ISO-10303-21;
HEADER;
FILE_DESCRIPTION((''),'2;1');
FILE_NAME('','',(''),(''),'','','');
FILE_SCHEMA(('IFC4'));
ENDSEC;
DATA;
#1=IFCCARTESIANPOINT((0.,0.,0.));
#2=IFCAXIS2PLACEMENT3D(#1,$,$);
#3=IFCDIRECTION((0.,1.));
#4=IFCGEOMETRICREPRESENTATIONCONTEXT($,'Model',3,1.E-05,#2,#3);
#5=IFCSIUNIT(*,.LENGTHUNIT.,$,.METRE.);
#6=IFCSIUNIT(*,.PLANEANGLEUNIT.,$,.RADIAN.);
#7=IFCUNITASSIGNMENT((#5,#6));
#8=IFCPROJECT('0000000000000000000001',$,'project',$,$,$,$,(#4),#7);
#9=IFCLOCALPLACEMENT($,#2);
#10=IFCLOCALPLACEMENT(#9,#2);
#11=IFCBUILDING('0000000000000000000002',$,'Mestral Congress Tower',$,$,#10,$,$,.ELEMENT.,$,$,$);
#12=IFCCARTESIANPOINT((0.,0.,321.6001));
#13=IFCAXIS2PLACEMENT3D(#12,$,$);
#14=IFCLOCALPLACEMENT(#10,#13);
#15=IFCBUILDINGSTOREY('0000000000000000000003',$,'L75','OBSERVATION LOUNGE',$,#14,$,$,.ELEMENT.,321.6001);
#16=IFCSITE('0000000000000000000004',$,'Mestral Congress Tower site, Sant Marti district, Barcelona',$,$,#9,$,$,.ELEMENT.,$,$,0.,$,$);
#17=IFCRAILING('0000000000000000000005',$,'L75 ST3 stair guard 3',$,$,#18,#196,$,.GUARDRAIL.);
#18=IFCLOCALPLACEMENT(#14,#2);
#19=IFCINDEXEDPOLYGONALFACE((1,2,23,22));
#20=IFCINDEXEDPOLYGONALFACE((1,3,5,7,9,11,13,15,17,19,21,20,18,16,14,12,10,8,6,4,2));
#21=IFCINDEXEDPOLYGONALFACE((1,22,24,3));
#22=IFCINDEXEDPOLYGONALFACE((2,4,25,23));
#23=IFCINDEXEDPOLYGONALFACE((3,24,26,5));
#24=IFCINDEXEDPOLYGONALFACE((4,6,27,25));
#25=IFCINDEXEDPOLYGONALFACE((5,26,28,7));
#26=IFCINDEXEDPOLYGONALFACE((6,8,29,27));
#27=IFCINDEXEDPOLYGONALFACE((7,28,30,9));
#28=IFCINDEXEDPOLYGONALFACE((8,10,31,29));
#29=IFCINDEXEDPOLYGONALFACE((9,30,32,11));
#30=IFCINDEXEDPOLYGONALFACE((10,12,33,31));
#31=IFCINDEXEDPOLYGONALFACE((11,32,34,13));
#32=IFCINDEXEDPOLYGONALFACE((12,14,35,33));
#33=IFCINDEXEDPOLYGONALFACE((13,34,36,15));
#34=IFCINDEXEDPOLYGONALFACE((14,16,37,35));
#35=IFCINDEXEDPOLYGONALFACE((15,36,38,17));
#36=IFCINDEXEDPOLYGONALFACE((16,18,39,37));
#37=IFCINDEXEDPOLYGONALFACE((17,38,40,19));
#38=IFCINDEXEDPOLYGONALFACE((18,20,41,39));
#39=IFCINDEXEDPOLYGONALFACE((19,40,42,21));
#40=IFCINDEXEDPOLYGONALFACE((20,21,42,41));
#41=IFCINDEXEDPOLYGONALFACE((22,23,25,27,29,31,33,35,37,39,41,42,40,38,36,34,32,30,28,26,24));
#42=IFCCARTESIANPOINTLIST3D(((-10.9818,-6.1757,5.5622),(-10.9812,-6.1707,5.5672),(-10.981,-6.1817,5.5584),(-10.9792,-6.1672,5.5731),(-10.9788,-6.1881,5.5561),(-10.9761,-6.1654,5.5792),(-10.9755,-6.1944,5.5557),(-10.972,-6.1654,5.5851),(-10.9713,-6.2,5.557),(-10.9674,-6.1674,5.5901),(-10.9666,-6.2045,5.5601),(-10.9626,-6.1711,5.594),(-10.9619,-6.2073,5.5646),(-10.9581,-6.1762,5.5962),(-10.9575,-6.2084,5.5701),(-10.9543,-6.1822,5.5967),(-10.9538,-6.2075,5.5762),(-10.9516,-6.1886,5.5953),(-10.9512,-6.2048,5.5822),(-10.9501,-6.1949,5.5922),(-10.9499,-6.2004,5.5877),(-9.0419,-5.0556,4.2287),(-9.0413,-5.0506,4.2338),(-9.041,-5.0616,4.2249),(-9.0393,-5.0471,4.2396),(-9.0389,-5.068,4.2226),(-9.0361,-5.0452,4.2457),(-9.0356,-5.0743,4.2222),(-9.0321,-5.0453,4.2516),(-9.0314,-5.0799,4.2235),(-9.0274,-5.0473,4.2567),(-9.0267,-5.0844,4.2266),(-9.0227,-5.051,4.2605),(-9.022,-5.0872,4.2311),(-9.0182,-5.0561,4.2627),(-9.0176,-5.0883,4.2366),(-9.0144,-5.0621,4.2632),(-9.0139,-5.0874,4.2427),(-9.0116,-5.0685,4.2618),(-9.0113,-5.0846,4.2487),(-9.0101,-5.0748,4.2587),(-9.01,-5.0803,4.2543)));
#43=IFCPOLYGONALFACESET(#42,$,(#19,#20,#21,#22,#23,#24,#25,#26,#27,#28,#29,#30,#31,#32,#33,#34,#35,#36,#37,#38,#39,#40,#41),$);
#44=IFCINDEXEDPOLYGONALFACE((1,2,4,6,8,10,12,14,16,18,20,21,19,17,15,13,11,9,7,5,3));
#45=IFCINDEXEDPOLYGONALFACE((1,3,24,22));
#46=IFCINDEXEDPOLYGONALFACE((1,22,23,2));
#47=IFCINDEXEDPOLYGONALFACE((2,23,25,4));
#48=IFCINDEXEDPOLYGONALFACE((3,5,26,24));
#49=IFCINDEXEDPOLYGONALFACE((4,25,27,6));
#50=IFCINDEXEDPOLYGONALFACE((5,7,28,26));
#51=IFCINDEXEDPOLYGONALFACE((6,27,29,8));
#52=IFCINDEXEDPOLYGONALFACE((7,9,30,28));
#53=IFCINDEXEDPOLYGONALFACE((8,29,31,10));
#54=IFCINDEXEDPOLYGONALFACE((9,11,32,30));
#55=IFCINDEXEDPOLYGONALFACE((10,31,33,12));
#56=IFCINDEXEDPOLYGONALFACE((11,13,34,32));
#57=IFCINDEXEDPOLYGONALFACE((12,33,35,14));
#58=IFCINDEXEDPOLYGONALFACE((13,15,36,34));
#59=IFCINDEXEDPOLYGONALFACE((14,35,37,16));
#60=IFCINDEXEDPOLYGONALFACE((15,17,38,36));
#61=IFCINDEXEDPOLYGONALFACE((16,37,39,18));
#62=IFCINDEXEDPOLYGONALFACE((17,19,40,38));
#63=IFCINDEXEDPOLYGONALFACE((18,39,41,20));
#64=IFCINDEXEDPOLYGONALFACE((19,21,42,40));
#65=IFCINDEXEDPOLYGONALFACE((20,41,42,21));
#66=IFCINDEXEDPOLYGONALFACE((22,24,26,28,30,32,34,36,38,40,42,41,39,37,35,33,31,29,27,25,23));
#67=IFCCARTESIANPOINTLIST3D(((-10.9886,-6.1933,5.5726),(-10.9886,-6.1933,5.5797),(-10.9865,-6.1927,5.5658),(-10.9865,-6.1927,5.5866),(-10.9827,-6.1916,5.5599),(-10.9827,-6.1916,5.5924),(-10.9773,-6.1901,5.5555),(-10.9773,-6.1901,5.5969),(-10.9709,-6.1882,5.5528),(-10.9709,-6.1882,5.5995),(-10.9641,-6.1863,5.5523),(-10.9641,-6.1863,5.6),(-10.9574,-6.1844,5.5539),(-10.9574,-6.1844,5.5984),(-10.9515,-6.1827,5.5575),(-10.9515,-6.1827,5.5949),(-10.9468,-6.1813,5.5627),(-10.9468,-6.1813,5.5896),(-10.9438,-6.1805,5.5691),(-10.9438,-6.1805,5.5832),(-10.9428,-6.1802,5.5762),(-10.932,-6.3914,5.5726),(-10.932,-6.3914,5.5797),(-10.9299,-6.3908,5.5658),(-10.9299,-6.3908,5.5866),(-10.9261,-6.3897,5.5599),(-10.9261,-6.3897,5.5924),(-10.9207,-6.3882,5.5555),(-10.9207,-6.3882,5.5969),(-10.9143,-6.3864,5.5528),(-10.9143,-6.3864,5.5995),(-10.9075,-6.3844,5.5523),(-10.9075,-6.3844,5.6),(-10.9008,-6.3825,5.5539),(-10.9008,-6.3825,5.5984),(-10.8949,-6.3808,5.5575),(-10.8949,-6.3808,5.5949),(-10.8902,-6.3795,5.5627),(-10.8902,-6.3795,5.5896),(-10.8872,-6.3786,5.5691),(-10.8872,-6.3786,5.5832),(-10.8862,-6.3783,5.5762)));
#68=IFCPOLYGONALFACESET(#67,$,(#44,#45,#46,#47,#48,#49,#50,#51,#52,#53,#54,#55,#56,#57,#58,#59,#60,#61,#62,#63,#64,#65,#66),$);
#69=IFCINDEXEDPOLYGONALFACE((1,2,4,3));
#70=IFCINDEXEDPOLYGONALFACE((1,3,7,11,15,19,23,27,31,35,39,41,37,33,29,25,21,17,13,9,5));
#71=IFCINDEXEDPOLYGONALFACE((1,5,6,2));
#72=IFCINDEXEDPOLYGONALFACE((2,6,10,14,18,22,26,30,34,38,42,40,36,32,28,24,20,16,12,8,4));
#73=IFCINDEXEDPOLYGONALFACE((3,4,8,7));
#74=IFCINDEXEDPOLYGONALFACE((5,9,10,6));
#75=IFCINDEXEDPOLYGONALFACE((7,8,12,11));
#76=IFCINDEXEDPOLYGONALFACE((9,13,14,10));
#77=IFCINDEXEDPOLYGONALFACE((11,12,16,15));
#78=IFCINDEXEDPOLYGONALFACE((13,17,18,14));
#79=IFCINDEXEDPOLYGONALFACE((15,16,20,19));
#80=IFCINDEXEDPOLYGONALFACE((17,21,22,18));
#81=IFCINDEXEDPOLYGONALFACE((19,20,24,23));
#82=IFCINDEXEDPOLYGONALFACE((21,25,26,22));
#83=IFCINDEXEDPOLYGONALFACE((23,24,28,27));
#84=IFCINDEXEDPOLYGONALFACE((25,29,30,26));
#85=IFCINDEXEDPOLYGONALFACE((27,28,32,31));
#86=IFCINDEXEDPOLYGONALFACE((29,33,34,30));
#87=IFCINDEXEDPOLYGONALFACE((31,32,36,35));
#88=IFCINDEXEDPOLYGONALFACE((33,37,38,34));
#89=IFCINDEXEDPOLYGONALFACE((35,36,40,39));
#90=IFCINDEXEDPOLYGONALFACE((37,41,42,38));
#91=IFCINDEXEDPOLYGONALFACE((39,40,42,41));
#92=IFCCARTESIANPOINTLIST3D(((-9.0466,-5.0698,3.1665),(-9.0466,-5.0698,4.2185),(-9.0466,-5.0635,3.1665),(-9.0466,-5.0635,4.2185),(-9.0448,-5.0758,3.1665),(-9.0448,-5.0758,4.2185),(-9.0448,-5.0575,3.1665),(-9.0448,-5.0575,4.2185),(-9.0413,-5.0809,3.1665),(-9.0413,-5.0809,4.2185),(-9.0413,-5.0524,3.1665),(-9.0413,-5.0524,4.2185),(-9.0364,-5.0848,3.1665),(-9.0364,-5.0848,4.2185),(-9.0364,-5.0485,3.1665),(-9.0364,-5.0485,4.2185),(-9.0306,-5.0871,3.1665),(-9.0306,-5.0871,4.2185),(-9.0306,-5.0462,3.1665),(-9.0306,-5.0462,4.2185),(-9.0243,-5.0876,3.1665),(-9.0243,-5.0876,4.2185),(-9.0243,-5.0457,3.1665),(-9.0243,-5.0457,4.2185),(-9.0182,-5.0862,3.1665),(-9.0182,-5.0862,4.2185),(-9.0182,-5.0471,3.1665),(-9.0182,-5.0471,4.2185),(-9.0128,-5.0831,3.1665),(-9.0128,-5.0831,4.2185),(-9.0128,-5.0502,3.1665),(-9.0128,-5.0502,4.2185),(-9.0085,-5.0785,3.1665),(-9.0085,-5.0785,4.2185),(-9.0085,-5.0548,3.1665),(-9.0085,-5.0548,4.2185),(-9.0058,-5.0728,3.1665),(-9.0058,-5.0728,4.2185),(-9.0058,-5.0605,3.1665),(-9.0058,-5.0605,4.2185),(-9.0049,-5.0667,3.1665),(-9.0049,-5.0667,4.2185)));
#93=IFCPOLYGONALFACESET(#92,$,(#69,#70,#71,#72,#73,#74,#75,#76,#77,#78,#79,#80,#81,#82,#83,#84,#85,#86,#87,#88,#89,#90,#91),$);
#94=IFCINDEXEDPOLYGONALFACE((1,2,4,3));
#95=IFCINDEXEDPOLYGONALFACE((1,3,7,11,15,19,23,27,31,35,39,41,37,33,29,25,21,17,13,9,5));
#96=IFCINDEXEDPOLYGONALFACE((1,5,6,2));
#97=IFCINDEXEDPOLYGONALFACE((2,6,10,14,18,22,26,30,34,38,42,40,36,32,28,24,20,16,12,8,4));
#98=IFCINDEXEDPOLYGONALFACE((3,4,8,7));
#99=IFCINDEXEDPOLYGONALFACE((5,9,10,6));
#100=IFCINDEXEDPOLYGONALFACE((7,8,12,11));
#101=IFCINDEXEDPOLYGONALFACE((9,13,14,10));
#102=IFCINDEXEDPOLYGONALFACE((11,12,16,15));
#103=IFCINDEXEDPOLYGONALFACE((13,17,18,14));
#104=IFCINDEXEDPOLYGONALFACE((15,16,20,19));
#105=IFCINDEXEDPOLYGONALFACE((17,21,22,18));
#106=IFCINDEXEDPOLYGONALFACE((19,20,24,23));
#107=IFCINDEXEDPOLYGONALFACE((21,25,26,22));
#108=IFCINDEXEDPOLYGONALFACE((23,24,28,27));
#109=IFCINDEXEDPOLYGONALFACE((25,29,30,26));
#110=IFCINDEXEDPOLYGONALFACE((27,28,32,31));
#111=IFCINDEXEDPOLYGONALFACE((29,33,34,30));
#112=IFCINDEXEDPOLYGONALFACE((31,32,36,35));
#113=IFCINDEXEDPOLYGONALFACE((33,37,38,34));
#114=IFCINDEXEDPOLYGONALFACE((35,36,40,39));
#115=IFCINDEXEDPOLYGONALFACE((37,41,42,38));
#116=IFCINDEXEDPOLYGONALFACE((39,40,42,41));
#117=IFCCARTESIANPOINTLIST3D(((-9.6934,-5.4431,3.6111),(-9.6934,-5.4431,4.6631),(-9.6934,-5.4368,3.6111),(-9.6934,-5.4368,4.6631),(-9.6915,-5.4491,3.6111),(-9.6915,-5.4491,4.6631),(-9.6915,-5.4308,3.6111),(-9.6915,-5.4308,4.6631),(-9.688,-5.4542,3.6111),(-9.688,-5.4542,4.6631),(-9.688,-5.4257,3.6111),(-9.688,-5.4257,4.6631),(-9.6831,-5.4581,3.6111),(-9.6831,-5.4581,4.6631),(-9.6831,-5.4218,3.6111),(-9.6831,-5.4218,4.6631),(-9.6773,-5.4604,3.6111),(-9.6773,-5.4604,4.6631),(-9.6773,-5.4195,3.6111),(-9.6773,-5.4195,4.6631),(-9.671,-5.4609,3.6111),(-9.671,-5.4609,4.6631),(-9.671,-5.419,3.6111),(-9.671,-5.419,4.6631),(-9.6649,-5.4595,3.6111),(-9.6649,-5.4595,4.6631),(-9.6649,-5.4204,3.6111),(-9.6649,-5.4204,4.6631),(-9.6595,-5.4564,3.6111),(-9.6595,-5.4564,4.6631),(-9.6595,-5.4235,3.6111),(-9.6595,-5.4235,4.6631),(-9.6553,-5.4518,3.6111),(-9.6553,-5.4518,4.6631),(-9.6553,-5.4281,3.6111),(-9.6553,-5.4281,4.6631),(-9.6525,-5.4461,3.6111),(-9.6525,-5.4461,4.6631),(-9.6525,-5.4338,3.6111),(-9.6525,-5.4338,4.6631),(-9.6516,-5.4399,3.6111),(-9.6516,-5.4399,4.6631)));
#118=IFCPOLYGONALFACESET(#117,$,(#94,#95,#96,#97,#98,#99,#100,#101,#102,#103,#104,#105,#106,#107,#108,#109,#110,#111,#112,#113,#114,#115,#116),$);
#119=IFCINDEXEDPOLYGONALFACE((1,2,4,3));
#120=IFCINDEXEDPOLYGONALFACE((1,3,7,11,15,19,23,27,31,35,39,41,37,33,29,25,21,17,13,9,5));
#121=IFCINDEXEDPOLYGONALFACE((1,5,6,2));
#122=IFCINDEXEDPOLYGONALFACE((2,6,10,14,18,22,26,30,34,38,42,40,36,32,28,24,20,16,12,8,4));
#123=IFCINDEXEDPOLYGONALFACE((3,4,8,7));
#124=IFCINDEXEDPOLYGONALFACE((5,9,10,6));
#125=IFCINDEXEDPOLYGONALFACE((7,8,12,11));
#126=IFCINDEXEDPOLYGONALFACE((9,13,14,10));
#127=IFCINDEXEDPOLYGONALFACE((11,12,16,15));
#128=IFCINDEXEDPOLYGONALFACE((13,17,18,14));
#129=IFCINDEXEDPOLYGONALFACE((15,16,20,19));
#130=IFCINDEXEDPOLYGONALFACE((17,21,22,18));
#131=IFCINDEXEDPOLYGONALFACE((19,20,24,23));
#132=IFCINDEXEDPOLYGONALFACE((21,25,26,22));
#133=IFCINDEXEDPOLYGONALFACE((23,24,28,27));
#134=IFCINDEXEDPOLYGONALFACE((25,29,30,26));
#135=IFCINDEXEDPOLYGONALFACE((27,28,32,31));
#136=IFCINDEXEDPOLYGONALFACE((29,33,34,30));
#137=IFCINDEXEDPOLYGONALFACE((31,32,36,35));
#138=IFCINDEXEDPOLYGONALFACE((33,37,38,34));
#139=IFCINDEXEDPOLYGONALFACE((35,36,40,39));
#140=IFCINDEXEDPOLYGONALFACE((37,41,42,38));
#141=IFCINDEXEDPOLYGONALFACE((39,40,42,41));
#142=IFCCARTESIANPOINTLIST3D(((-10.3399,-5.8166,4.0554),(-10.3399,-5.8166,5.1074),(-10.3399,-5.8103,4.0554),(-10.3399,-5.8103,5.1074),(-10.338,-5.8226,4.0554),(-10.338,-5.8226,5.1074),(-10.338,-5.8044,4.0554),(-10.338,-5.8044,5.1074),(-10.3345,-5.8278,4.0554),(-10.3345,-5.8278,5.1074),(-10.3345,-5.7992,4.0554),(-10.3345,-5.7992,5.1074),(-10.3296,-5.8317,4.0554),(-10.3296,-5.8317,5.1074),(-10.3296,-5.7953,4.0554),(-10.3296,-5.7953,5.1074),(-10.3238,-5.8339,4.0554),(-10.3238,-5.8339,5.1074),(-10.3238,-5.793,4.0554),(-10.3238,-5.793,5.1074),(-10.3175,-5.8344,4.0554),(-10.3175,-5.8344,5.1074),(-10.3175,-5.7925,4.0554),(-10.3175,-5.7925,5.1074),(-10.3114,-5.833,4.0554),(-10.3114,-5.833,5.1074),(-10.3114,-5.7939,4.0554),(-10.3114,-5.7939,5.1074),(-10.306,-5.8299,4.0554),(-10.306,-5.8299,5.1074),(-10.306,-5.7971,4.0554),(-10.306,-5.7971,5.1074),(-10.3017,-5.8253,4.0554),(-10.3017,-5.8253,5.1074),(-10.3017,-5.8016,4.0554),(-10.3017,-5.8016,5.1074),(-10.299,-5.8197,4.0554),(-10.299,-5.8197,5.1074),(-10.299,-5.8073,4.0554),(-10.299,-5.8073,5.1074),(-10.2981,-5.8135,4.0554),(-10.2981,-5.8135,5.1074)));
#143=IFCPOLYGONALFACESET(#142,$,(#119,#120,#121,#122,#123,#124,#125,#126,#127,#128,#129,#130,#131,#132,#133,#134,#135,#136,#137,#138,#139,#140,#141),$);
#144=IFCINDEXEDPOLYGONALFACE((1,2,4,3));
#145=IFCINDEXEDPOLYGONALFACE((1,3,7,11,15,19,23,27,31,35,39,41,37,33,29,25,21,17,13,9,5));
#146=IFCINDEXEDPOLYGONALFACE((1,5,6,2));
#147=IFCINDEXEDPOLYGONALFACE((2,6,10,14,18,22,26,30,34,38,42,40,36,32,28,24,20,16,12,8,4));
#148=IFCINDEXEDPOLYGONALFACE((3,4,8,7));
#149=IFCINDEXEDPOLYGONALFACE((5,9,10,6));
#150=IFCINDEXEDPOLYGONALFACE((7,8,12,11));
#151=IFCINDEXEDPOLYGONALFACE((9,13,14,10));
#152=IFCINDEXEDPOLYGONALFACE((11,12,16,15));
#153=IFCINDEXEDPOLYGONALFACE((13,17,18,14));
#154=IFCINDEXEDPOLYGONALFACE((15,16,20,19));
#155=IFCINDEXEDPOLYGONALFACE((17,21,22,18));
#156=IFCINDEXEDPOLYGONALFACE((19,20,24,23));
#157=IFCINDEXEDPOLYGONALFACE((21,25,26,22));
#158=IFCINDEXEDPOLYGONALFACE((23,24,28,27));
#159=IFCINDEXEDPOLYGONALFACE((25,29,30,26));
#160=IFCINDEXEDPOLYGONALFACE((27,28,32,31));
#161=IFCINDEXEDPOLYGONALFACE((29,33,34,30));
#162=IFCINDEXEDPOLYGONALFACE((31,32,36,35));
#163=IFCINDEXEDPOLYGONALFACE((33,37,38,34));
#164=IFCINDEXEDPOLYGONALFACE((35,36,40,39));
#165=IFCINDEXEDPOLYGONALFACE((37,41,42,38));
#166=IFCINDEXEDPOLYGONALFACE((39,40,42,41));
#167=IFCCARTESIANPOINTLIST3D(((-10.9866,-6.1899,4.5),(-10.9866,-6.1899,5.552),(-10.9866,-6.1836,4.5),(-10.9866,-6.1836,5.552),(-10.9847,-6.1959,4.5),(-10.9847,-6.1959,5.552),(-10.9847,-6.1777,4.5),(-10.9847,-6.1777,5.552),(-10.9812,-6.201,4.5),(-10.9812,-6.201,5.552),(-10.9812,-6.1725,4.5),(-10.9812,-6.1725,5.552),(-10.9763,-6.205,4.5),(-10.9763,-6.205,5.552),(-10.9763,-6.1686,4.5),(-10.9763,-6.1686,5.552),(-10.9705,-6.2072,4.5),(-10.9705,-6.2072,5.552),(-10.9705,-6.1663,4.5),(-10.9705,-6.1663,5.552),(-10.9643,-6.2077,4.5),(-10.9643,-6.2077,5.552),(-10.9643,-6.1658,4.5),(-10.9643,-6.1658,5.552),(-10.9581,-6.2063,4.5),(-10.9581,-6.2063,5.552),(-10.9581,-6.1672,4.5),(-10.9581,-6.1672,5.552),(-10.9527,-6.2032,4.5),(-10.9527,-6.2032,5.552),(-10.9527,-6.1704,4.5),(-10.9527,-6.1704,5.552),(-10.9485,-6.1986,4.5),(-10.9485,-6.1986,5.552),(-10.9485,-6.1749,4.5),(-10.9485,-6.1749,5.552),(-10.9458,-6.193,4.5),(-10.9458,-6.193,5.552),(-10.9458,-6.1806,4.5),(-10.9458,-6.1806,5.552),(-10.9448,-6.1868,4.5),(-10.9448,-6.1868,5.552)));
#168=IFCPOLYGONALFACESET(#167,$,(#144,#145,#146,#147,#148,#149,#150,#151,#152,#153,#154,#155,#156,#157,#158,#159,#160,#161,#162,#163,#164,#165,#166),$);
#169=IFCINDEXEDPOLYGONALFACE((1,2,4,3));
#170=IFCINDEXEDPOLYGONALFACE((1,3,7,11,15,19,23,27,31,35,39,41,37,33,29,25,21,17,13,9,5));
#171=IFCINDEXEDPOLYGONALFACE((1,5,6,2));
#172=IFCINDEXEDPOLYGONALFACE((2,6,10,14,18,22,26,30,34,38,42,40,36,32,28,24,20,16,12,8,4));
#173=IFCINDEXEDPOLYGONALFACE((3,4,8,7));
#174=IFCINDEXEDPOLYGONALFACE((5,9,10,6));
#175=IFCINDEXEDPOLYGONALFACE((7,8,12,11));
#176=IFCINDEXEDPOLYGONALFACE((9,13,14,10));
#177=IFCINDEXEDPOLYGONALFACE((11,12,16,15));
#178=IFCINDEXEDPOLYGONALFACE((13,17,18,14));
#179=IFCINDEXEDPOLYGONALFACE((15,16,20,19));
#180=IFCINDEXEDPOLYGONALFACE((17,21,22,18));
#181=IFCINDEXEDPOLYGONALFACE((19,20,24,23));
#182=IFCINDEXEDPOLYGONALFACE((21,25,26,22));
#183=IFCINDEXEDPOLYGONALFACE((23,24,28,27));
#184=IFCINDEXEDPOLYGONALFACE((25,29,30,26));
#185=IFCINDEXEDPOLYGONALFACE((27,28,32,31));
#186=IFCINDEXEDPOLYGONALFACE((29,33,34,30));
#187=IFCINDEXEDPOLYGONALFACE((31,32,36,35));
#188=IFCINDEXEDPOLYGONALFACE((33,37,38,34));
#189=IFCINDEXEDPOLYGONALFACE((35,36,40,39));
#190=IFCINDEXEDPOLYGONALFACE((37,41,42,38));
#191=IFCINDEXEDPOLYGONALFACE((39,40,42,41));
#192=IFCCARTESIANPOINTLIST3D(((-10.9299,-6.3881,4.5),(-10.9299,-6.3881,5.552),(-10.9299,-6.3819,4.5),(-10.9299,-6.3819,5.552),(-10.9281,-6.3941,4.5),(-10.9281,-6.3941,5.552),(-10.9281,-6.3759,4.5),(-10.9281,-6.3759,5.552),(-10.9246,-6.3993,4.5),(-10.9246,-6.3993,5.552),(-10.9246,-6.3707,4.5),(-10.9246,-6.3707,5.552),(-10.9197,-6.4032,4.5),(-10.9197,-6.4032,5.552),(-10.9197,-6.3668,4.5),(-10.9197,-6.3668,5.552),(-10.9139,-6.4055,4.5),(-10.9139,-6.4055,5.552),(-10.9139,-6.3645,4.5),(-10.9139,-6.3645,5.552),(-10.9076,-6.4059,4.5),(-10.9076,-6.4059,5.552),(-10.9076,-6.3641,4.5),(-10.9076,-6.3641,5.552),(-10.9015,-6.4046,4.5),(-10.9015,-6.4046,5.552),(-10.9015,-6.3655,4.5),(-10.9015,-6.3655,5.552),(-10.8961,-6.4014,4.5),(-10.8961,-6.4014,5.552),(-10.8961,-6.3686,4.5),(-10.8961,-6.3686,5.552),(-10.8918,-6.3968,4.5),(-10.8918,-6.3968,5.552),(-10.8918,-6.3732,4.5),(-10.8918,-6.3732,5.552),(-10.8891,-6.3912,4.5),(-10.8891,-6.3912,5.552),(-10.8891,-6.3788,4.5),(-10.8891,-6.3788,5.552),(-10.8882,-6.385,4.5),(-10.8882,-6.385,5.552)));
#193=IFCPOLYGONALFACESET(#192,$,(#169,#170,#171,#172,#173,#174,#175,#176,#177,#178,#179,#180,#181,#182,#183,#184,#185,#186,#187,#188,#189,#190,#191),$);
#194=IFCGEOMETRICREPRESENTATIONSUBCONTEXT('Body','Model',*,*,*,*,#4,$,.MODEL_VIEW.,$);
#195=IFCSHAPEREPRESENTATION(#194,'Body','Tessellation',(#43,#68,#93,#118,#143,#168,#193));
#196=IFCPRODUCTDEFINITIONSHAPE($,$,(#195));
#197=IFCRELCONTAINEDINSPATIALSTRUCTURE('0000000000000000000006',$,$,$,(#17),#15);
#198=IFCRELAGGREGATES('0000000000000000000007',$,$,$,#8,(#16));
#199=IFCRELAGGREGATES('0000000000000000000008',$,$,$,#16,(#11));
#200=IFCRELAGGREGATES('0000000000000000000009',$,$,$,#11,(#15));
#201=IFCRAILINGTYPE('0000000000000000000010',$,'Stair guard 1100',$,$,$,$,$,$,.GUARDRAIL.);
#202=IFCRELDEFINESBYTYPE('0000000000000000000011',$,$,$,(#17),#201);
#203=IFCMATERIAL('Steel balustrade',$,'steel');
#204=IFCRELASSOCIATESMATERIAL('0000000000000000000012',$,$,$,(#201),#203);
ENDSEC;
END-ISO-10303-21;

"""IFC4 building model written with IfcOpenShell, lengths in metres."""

from ifc_helpers import new_model, si_unit, direction, frame, origin, origin_2d, place, context, subcontext, project, spatial, circle, extrude, material, type_object, element, save


model = new_model("IFC4")

# Units and contexts
model_context = context("Model", 3, precision=1e-05, world=origin(), true_north=direction((0.0, 1.0)))
body_context = subcontext(model_context, "Body", "Model", "MODEL_VIEW")
ifc_project = project(units=[si_unit("LENGTHUNIT", "METRE"), si_unit("PLANEANGLEUNIT", "RADIAN")], contexts=[model_context])

# Site, building, storey
site_placement = place(None, origin())
site = spatial("IfcSite", under=ifc_project, at=site_placement, Name="Mestral Congress Tower site, Sant Marti district, Barcelona", CompositionType="ELEMENT", RefElevation=0.0)
building_placement = place(site_placement, origin())
building = spatial("IfcBuilding", under=site, at=building_placement, Name="Mestral Congress Tower", CompositionType="ELEMENT")
storey_placement = place(building_placement, frame((0.0, 0.0, 321.6001)))
storey = spatial("IfcBuildingStorey", under=building, at=storey_placement, Name="L75", Description="OBSERVATION LOUNGE", CompositionType="ELEMENT", Elevation=321.6001)

# Railing
ifc_material_1 = material(Name="Steel balustrade", Category="steel")
railing_type_1 = type_object("IfcRailingType", Name="Stair guard 1100", PredefinedType="GUARDRAIL", material=ifc_material_1)
railing_1_placement = place(storey_placement, frame((-9.0259, -5.0667, 3.1665)))
element("IfcRailing", 1, at=railing_1_placement, inside=storey, type_object=railing_type_1, Name="L75 ST3 stair guard 3", PredefinedType="GUARDRAIL", context=body_context, shape_type="SweptSolid", body=[
    extrude(circle(Radius=0.0239, at=origin_2d()), frame((0.0, 0.0, 1.0762), z_axis=(-0.744139, -0.429664, 0.511514), x_axis=(0.500031, -0.866008, 0.0)), (0.0, 0.0, 1.0), 2.6069),
    extrude(circle(Radius=0.0239, at=origin_2d()), frame((-1.9399, -1.1201, 2.4097), z_axis=(0.274721, -0.961524, 0.0), x_axis=(0.961524, 0.274721, 0.0)), (0.0, 0.0, 1.0), 0.2061),
    extrude(circle(Radius=0.021, at=origin_2d()), origin(), (0.0, 0.0, 1.0), 1.052),
    extrude(circle(Radius=0.021, at=origin_2d()), frame((-0.6467, -0.3733, 0.4446)), (0.0, 0.0, 1.0), 1.052),
    extrude(circle(Radius=0.021, at=origin_2d()), frame((-1.2932, -0.7468, 0.8889)), (0.0, 0.0, 1.0), 1.052),
    extrude(circle(Radius=0.021, at=origin_2d()), frame((-1.9399, -1.1201, 1.3335)), (0.0, 0.0, 1.0), 1.052),
    extrude(circle(Radius=0.021, at=origin_2d()), frame((-1.8833, -1.3184, 1.3335)), (0.0, 0.0, 1.0), 1.052),
])

save(model, "model.ifc")
